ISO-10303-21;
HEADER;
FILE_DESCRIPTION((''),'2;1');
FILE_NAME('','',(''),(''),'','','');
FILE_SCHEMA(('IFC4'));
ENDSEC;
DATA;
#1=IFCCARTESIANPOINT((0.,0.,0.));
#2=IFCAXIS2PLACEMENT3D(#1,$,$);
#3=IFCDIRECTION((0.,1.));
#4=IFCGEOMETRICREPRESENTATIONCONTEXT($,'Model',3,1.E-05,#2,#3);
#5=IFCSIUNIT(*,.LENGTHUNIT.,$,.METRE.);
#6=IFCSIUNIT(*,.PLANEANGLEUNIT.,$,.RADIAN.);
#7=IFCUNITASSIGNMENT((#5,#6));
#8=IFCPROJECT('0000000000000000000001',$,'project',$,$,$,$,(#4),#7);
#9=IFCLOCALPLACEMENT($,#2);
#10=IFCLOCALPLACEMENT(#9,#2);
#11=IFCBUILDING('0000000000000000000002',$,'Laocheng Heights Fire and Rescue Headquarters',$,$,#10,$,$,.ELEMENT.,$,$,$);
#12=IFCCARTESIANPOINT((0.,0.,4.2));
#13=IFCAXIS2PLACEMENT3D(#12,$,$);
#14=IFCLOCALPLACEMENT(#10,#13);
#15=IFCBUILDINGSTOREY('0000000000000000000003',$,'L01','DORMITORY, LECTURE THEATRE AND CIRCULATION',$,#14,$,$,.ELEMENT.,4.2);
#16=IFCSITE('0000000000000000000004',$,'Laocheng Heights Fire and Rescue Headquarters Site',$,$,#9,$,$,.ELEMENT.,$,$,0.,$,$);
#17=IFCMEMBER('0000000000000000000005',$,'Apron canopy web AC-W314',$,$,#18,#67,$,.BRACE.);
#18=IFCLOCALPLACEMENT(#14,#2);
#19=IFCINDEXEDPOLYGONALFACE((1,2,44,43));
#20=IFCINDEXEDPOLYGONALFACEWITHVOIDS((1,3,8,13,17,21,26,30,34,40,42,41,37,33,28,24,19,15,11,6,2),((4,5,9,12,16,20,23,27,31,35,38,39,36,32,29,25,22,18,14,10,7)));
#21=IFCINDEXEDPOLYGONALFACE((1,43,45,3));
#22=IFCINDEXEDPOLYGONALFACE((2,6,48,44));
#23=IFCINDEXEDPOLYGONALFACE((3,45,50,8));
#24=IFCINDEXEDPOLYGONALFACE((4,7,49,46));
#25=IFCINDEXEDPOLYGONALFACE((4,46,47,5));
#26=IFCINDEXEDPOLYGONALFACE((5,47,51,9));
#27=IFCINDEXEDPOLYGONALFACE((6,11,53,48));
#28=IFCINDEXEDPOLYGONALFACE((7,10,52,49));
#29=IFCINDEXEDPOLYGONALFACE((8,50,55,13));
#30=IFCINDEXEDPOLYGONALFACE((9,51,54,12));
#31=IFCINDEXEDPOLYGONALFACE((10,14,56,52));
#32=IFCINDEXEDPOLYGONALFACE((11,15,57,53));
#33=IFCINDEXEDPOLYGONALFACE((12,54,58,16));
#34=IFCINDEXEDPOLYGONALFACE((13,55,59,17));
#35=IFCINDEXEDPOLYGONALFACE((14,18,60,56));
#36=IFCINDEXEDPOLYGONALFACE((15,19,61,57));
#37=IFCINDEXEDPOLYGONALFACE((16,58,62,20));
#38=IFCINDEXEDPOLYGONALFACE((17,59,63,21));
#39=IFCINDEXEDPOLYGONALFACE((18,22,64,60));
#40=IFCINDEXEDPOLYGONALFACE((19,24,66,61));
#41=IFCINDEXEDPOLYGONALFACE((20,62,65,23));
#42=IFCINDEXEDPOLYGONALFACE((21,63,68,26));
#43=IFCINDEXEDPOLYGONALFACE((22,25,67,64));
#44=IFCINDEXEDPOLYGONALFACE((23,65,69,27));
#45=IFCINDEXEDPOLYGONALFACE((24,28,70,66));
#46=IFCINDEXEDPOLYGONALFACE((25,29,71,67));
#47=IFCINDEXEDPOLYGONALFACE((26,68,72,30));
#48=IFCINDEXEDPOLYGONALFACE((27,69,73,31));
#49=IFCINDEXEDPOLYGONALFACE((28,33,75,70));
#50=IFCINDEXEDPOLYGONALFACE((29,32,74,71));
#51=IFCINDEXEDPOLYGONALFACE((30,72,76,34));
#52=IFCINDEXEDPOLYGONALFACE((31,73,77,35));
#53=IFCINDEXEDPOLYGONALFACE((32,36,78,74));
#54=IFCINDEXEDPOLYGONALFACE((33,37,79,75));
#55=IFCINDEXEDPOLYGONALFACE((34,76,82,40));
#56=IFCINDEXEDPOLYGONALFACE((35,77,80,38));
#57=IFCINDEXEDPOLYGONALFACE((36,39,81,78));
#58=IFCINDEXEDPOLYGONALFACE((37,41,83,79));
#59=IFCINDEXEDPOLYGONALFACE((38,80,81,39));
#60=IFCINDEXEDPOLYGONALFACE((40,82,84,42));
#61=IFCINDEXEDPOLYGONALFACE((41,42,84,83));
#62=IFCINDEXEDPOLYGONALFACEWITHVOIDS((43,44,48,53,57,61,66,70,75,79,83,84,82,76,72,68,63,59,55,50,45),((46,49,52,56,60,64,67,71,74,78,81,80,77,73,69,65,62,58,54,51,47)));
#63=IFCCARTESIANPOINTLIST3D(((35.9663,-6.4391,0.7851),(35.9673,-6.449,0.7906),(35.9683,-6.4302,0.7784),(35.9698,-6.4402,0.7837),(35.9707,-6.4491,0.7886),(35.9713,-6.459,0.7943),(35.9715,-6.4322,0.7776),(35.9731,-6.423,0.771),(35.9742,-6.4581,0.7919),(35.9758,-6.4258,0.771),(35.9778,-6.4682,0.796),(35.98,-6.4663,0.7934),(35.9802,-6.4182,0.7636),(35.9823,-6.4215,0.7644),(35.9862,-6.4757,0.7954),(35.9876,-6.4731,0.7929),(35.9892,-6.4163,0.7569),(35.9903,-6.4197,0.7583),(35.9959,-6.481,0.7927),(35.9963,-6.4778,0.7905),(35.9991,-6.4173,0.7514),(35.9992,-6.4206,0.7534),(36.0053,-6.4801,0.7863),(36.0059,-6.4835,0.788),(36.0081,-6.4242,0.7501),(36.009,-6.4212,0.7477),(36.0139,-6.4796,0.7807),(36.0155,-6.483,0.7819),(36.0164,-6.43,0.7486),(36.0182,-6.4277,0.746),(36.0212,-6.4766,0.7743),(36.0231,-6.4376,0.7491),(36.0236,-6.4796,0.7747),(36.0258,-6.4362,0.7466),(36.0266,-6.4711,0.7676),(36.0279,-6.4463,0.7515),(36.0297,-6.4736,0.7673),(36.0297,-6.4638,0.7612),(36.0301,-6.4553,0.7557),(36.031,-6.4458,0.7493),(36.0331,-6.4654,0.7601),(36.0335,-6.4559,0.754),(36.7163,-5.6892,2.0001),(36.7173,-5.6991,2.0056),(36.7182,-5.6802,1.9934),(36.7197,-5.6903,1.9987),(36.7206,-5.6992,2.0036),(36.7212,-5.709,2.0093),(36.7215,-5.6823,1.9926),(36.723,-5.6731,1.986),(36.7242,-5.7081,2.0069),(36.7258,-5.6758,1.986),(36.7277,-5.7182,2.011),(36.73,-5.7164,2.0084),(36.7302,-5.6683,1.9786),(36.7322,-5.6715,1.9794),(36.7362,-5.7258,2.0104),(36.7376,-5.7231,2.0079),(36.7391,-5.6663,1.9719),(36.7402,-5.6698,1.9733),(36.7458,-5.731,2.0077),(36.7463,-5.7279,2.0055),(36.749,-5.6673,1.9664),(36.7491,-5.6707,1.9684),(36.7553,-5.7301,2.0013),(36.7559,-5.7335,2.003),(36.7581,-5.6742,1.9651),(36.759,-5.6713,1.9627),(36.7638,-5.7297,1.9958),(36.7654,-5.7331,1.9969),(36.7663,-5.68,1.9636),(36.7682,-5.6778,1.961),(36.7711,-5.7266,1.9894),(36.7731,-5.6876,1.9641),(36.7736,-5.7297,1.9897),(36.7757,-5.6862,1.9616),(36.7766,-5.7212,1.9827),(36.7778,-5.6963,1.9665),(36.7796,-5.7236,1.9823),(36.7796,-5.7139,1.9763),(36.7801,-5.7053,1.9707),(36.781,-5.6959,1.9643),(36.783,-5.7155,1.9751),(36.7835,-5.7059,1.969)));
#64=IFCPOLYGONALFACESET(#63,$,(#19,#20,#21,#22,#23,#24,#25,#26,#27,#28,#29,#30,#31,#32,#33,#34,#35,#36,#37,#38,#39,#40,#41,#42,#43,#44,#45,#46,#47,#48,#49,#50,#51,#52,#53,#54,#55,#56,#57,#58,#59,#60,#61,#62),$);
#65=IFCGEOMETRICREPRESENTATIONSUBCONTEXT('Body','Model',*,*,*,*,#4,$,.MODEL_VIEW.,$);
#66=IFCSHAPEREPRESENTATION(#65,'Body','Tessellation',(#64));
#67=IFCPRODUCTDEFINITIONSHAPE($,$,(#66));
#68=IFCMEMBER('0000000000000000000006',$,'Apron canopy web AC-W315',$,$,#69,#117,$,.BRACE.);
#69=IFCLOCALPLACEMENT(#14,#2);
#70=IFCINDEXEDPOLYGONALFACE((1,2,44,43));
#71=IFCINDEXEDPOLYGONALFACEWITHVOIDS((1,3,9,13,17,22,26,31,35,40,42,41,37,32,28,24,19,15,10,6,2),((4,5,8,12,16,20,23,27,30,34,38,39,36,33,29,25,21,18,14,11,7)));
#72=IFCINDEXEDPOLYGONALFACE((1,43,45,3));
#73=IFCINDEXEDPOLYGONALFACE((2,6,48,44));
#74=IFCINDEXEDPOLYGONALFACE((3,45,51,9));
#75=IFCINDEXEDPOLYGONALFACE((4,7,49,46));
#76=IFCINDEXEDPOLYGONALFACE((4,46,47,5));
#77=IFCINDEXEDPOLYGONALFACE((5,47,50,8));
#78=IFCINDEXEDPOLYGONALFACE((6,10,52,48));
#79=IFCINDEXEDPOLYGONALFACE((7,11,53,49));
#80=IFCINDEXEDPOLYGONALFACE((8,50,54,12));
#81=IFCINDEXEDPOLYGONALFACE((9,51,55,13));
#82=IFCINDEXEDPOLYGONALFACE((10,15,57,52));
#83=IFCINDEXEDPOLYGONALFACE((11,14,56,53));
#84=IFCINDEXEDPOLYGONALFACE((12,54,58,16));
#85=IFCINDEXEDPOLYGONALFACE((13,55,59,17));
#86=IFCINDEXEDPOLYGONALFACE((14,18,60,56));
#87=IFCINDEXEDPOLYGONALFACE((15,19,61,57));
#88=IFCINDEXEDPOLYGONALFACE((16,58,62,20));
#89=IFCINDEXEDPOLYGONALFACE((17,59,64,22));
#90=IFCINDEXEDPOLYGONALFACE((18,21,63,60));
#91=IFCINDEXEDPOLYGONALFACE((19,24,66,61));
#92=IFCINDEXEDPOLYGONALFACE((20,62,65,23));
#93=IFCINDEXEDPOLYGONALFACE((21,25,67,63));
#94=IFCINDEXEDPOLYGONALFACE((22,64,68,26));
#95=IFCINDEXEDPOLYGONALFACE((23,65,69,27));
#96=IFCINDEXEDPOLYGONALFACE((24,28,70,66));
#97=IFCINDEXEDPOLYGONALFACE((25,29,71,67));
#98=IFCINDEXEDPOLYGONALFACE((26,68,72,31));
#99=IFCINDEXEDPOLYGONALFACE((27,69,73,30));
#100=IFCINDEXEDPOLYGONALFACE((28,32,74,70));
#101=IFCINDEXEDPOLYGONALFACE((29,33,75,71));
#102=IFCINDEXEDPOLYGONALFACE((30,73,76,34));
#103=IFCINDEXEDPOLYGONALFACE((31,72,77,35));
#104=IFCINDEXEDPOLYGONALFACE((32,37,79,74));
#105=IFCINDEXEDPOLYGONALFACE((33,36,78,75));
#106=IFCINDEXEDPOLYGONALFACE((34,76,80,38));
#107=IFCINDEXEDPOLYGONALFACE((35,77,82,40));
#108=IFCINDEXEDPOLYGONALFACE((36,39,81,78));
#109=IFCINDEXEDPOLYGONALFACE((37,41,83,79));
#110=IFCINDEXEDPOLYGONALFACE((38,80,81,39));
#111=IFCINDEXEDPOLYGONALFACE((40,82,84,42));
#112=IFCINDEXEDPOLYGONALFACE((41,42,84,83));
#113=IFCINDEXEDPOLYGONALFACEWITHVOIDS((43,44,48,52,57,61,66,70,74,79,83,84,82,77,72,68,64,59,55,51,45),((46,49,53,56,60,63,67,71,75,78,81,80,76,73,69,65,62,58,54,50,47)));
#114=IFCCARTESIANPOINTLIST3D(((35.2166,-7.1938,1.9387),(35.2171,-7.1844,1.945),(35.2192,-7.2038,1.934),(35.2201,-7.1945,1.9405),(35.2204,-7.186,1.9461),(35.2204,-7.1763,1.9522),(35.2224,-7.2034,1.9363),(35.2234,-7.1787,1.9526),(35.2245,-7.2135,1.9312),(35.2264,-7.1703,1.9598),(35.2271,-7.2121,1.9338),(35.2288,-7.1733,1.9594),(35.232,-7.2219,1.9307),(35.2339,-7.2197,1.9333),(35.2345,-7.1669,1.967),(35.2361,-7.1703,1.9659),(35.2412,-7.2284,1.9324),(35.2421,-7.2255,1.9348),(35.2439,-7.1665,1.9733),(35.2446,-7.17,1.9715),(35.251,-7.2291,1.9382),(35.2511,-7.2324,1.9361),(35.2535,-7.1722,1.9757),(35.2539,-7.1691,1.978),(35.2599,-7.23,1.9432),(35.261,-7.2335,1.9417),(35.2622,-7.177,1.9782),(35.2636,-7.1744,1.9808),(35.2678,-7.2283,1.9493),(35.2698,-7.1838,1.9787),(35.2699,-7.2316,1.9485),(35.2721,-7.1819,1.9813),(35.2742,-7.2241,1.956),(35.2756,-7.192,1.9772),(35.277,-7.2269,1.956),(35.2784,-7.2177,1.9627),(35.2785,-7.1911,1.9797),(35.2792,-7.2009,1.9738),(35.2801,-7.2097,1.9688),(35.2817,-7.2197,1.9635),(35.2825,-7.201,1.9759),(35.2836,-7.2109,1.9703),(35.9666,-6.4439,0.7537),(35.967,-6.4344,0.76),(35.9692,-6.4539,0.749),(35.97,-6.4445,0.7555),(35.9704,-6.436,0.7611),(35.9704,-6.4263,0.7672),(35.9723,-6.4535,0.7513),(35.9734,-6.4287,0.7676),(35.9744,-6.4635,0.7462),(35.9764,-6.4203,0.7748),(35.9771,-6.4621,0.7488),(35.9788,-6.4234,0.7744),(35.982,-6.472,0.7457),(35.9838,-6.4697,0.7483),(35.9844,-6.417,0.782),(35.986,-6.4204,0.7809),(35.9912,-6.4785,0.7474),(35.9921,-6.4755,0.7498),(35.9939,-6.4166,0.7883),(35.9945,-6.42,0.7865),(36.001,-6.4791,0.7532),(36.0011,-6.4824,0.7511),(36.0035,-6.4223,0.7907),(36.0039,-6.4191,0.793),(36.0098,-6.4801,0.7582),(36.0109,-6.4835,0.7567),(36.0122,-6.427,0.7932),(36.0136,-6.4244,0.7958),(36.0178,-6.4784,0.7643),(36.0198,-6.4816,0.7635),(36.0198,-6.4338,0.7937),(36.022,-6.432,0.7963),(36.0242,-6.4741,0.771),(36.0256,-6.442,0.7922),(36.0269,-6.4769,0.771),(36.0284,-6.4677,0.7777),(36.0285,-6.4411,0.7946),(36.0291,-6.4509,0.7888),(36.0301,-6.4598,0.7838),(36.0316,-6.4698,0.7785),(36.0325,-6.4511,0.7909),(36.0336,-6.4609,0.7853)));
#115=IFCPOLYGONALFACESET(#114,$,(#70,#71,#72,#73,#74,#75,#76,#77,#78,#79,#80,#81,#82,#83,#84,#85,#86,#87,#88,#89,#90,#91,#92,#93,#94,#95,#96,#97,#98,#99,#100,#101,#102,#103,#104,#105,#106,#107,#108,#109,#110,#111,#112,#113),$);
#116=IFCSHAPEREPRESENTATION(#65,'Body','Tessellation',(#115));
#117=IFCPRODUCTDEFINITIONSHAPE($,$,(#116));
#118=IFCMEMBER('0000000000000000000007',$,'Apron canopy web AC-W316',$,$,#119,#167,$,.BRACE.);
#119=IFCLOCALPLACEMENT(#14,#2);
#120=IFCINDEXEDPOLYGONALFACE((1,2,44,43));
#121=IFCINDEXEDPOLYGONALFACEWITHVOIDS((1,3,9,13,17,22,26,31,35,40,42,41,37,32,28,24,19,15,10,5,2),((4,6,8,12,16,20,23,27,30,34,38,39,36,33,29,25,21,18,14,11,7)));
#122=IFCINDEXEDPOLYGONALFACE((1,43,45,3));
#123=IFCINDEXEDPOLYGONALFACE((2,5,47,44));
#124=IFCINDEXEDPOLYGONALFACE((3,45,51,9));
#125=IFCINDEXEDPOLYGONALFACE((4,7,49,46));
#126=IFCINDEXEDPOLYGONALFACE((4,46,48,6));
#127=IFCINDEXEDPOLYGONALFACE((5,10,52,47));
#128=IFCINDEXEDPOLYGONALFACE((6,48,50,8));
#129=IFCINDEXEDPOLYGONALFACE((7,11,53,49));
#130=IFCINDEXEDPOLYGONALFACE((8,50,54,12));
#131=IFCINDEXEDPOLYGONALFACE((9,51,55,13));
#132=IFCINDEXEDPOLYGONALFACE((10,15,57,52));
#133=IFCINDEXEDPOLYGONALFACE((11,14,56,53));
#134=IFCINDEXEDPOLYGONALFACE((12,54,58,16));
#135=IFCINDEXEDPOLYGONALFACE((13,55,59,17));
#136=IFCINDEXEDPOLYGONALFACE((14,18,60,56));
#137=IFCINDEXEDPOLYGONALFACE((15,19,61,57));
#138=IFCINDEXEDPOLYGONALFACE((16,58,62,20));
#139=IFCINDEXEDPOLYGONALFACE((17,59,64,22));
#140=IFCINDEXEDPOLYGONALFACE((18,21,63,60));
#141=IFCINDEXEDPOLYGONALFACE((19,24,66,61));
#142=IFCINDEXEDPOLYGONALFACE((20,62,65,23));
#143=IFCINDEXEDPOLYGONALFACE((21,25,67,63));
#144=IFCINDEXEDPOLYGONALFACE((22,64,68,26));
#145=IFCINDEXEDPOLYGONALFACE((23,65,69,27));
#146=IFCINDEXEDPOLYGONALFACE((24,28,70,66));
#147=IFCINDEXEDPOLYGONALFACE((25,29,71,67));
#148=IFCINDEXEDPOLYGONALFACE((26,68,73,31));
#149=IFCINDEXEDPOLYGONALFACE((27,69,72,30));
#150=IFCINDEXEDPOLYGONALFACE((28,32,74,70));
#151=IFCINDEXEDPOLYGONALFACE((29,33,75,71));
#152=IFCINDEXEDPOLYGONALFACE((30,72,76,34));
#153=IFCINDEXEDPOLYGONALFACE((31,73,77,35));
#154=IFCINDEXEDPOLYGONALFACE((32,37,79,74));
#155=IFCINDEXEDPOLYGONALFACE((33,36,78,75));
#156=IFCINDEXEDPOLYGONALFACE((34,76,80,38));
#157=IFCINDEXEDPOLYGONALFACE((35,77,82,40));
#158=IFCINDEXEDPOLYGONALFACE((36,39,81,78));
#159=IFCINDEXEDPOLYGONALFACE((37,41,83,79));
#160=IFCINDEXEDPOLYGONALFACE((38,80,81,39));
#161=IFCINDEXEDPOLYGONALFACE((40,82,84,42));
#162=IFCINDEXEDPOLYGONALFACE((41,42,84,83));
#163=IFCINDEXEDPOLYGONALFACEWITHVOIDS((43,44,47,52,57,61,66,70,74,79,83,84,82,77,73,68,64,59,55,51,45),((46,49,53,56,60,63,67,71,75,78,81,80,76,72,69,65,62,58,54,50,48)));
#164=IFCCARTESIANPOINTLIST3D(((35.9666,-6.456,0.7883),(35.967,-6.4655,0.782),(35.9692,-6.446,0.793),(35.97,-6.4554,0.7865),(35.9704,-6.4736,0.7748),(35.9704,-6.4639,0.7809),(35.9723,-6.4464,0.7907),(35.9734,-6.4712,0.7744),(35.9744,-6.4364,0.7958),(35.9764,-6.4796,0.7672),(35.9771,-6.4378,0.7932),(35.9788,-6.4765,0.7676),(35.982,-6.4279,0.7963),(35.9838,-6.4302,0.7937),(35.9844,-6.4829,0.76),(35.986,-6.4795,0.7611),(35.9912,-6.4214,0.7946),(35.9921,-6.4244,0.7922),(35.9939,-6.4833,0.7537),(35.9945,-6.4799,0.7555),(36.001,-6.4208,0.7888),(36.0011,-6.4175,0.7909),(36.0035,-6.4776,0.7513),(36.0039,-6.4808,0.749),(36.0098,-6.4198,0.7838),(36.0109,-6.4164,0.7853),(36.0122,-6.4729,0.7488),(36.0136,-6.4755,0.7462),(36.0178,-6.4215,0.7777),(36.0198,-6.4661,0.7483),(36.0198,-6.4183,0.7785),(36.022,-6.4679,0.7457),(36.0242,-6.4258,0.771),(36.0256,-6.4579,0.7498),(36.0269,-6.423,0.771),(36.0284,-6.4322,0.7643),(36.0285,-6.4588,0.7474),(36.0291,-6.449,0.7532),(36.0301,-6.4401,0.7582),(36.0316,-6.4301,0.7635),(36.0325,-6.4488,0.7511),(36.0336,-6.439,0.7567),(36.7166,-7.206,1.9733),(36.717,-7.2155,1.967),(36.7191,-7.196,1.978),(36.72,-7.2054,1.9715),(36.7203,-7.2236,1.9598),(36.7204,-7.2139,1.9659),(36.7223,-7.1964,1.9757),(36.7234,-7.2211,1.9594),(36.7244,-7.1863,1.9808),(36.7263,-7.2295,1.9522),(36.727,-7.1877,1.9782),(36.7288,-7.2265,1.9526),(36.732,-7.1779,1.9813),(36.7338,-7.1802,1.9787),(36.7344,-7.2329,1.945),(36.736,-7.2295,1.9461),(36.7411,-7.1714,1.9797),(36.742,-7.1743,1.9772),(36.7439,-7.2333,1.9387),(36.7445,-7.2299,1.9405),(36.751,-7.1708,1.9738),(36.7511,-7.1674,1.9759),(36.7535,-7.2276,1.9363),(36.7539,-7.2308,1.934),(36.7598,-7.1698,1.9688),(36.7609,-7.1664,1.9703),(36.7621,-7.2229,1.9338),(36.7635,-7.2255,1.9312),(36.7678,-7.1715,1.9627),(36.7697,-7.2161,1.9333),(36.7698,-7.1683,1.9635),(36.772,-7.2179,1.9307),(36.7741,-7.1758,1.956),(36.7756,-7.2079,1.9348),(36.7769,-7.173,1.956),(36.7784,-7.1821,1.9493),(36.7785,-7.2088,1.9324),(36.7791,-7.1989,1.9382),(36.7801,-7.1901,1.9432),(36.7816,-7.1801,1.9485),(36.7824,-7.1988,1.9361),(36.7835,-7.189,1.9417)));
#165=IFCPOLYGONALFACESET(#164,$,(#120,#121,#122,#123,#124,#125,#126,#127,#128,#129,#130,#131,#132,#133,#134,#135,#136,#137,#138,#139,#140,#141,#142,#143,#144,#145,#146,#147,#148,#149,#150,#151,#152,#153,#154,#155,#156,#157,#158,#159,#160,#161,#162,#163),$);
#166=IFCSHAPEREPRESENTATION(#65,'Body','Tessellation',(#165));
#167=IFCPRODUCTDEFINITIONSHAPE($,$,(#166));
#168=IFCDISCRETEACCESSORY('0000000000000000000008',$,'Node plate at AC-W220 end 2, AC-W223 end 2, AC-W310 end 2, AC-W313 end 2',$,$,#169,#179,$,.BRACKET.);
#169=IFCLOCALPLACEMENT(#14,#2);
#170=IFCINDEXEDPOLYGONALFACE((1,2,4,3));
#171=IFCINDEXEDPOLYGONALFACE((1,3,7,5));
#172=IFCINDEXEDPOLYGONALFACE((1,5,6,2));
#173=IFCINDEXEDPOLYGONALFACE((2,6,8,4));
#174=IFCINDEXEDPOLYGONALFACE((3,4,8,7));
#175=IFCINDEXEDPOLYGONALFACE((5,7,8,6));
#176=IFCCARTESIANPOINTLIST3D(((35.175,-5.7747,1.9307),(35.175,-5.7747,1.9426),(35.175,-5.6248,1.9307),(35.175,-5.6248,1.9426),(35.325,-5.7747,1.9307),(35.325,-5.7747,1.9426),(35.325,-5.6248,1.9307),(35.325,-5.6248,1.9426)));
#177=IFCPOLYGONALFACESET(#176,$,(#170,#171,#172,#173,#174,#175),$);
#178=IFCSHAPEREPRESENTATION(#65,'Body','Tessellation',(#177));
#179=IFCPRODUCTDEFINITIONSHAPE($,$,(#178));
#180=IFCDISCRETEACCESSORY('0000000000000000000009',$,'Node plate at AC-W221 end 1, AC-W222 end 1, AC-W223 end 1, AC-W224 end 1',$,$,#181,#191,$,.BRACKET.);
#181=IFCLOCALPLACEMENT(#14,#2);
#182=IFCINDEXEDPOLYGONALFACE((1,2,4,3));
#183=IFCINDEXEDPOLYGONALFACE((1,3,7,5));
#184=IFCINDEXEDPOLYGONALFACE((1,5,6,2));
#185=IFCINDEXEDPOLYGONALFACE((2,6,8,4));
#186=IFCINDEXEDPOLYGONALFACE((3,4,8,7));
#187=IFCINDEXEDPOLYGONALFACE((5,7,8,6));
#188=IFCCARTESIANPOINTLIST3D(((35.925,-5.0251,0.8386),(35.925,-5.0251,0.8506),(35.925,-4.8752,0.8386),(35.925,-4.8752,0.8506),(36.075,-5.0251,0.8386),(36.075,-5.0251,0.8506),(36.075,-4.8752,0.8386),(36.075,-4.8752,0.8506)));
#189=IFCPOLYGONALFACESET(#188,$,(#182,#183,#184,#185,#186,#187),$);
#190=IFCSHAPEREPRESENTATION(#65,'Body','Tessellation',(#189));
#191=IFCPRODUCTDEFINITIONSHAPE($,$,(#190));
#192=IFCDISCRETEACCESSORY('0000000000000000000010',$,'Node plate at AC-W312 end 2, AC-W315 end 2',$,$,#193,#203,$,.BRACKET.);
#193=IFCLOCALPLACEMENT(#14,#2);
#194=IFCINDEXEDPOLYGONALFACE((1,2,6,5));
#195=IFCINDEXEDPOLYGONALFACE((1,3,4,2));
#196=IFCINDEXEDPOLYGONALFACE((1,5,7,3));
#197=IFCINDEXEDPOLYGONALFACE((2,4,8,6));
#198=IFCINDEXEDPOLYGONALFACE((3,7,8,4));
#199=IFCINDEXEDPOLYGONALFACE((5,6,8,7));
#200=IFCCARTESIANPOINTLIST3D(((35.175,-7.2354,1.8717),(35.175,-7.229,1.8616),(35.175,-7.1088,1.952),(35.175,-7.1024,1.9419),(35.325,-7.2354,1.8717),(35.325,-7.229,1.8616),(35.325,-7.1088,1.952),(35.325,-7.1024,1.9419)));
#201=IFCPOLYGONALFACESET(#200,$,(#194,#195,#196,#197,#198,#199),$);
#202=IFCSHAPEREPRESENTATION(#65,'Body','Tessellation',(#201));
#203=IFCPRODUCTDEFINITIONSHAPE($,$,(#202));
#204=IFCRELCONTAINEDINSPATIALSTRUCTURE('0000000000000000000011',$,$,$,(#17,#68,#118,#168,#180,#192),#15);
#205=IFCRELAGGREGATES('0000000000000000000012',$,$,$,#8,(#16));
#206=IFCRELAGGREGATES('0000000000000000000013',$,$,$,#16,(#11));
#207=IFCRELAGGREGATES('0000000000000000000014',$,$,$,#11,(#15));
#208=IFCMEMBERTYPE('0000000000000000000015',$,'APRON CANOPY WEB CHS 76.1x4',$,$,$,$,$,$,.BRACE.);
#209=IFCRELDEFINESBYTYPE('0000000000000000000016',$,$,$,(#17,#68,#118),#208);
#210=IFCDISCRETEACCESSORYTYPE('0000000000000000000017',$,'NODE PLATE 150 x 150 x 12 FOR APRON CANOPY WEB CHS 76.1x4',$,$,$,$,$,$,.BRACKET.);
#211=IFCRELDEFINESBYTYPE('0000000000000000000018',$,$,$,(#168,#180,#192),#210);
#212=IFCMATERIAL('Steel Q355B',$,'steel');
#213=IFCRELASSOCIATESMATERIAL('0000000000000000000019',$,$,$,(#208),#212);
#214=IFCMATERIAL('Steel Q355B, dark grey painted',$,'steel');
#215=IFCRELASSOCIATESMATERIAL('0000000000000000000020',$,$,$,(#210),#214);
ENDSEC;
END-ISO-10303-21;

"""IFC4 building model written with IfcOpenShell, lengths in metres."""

from ifc_helpers import new_model, si_unit, direction, frame, origin, origin_2d, place, context, subcontext, project, spatial, rectangle, hollow_circle, extrude, material, material_profile, profile_set, type_object, element, save


model = new_model("IFC4")

# Units and contexts
model_context = context("Model", 3, precision=1e-05, world=origin(), true_north=direction((0.0, 1.0)))
body_context = subcontext(model_context, "Body", "Model", "MODEL_VIEW")
ifc_project = project(units=[si_unit("LENGTHUNIT", "METRE"), si_unit("PLANEANGLEUNIT", "RADIAN")], contexts=[model_context])

# Site, building, storey
site_placement = place(None, origin())
site = spatial("IfcSite", under=ifc_project, at=site_placement, Name="Laocheng Heights Fire and Rescue Headquarters Site", CompositionType="ELEMENT", RefElevation=0.0)
building_placement = place(site_placement, origin())
building = spatial("IfcBuilding", under=site, at=building_placement, Name="Laocheng Heights Fire and Rescue Headquarters", CompositionType="ELEMENT")
storey_placement = place(building_placement, frame((0.0, 0.0, 4.2)))
storey = spatial("IfcBuildingStorey", under=building, at=storey_placement, Name="L01", Description="DORMITORY, LECTURE THEATRE AND CIRCULATION", CompositionType="ELEMENT", Elevation=4.2)

# Members
ifc_material_1 = material(Name="Steel Q355B", Category="steel")
ifc_material_profile_1 = material_profile(ifc_material_1, hollow_circle(Radius=0.0381, WallThickness=0.0039, at=origin_2d()), Name="CHS 76.1x4")
ifc_profile_set_1 = profile_set([ifc_material_profile_1], Name="Steel Q355B")
member_type_1 = type_object("IfcMemberType", Name="APRON CANOPY WEB CHS 76.1x4", PredefinedType="BRACE", material=ifc_profile_set_1)
for number, where, z_axis, x_axis, name in (
    (1, (36.0, -6.45, 0.771), (0.465002, 0.465002, 0.753357), (-0.707107, 0.707107, 0.0), "Apron canopy web AC-W314"),
):
    element("IfcMember", number, at=place(storey_placement, frame(where, z_axis=z_axis, x_axis=x_axis)), inside=storey, type_object=member_type_1, Name=name, PredefinedType="BRACE", context=body_context, shape_type="SweptSolid", body=[
        extrude(hollow_circle(Radius=0.0381, WallThickness=0.0039, at=origin_2d()), origin(), (0.0, 0.0, 1.0), 1.6128),
    ])
for number, where, z_axis, x_axis, name in (
    (2, (36.0, -6.45, 0.771), (-0.47158, -0.47158, 0.745134), (0.707107, -0.707107, 0.0), "Apron canopy web AC-W315"),
    (3, (36.0, -6.45, 0.771), (0.47158, -0.47158, 0.745134), (0.707107, 0.707107, 0.0), "Apron canopy web AC-W316"),
):
    element("IfcMember", number, at=place(storey_placement, frame(where, z_axis=z_axis, x_axis=x_axis)), inside=storey, type_object=member_type_1, Name=name, PredefinedType="BRACE", context=body_context, shape_type="SweptSolid", body=[
        extrude(hollow_circle(Radius=0.0381, WallThickness=0.0039, at=origin_2d()), origin(), (0.0, 0.0, 1.0), 1.5903),
    ])

# Discrete accessories
ifc_material_2 = material(Name="Steel Q355B, dark grey painted", Category="steel")
ifc_material_profile_2 = material_profile(ifc_material_2, rectangle(XDim=0.1499, YDim=0.1499, at=origin_2d()), Name="NODE PLATE 150 x 150 x 12 FOR APRON CANOPY WEB CHS 76.1x4")
ifc_profile_set_2 = profile_set([ifc_material_profile_2], Name="Steel Q355B, dark grey painted")
discrete_accessory_type = type_object("IfcDiscreteAccessoryType", Name="NODE PLATE 150 x 150 x 12 FOR APRON CANOPY WEB CHS 76.1x4", PredefinedType="BRACKET", material=ifc_profile_set_2)
for number, where, z_axis, x_axis, name in (
    (4, (35.25, -5.6997, 1.9426), (0.0, 0.0, -1.0), (1.0, 0.0, 0.0), "Node plate at AC-W220 end 2, AC-W223 end 2, AC-W310 end 2, AC-W313 end 2"),
    (5, (36.0, -4.9502, 0.8386), (0.0, 0.0, 1.0), (1.0, 0.0, 0.0), "Node plate at AC-W221 end 1, AC-W222 end 1, AC-W223 end 1, AC-W224 end 1"),
    (6, (35.25, -7.1721, 1.9119), (0.0, 0.535542, -0.844509), (-1.0, 0.0, 0.0), "Node plate at AC-W312 end 2, AC-W315 end 2"),
):
    element("IfcDiscreteAccessory", number, at=place(storey_placement, frame(where, z_axis=z_axis, x_axis=x_axis)), inside=storey, type_object=discrete_accessory_type, Name=name, PredefinedType="BRACKET", context=body_context, shape_type="SweptSolid", body=[
        extrude(rectangle(XDim=0.1499, YDim=0.1499, at=origin_2d()), origin(), (0.0, 0.0, 1.0), 0.012),
    ])

save(model, "model.ifc")
